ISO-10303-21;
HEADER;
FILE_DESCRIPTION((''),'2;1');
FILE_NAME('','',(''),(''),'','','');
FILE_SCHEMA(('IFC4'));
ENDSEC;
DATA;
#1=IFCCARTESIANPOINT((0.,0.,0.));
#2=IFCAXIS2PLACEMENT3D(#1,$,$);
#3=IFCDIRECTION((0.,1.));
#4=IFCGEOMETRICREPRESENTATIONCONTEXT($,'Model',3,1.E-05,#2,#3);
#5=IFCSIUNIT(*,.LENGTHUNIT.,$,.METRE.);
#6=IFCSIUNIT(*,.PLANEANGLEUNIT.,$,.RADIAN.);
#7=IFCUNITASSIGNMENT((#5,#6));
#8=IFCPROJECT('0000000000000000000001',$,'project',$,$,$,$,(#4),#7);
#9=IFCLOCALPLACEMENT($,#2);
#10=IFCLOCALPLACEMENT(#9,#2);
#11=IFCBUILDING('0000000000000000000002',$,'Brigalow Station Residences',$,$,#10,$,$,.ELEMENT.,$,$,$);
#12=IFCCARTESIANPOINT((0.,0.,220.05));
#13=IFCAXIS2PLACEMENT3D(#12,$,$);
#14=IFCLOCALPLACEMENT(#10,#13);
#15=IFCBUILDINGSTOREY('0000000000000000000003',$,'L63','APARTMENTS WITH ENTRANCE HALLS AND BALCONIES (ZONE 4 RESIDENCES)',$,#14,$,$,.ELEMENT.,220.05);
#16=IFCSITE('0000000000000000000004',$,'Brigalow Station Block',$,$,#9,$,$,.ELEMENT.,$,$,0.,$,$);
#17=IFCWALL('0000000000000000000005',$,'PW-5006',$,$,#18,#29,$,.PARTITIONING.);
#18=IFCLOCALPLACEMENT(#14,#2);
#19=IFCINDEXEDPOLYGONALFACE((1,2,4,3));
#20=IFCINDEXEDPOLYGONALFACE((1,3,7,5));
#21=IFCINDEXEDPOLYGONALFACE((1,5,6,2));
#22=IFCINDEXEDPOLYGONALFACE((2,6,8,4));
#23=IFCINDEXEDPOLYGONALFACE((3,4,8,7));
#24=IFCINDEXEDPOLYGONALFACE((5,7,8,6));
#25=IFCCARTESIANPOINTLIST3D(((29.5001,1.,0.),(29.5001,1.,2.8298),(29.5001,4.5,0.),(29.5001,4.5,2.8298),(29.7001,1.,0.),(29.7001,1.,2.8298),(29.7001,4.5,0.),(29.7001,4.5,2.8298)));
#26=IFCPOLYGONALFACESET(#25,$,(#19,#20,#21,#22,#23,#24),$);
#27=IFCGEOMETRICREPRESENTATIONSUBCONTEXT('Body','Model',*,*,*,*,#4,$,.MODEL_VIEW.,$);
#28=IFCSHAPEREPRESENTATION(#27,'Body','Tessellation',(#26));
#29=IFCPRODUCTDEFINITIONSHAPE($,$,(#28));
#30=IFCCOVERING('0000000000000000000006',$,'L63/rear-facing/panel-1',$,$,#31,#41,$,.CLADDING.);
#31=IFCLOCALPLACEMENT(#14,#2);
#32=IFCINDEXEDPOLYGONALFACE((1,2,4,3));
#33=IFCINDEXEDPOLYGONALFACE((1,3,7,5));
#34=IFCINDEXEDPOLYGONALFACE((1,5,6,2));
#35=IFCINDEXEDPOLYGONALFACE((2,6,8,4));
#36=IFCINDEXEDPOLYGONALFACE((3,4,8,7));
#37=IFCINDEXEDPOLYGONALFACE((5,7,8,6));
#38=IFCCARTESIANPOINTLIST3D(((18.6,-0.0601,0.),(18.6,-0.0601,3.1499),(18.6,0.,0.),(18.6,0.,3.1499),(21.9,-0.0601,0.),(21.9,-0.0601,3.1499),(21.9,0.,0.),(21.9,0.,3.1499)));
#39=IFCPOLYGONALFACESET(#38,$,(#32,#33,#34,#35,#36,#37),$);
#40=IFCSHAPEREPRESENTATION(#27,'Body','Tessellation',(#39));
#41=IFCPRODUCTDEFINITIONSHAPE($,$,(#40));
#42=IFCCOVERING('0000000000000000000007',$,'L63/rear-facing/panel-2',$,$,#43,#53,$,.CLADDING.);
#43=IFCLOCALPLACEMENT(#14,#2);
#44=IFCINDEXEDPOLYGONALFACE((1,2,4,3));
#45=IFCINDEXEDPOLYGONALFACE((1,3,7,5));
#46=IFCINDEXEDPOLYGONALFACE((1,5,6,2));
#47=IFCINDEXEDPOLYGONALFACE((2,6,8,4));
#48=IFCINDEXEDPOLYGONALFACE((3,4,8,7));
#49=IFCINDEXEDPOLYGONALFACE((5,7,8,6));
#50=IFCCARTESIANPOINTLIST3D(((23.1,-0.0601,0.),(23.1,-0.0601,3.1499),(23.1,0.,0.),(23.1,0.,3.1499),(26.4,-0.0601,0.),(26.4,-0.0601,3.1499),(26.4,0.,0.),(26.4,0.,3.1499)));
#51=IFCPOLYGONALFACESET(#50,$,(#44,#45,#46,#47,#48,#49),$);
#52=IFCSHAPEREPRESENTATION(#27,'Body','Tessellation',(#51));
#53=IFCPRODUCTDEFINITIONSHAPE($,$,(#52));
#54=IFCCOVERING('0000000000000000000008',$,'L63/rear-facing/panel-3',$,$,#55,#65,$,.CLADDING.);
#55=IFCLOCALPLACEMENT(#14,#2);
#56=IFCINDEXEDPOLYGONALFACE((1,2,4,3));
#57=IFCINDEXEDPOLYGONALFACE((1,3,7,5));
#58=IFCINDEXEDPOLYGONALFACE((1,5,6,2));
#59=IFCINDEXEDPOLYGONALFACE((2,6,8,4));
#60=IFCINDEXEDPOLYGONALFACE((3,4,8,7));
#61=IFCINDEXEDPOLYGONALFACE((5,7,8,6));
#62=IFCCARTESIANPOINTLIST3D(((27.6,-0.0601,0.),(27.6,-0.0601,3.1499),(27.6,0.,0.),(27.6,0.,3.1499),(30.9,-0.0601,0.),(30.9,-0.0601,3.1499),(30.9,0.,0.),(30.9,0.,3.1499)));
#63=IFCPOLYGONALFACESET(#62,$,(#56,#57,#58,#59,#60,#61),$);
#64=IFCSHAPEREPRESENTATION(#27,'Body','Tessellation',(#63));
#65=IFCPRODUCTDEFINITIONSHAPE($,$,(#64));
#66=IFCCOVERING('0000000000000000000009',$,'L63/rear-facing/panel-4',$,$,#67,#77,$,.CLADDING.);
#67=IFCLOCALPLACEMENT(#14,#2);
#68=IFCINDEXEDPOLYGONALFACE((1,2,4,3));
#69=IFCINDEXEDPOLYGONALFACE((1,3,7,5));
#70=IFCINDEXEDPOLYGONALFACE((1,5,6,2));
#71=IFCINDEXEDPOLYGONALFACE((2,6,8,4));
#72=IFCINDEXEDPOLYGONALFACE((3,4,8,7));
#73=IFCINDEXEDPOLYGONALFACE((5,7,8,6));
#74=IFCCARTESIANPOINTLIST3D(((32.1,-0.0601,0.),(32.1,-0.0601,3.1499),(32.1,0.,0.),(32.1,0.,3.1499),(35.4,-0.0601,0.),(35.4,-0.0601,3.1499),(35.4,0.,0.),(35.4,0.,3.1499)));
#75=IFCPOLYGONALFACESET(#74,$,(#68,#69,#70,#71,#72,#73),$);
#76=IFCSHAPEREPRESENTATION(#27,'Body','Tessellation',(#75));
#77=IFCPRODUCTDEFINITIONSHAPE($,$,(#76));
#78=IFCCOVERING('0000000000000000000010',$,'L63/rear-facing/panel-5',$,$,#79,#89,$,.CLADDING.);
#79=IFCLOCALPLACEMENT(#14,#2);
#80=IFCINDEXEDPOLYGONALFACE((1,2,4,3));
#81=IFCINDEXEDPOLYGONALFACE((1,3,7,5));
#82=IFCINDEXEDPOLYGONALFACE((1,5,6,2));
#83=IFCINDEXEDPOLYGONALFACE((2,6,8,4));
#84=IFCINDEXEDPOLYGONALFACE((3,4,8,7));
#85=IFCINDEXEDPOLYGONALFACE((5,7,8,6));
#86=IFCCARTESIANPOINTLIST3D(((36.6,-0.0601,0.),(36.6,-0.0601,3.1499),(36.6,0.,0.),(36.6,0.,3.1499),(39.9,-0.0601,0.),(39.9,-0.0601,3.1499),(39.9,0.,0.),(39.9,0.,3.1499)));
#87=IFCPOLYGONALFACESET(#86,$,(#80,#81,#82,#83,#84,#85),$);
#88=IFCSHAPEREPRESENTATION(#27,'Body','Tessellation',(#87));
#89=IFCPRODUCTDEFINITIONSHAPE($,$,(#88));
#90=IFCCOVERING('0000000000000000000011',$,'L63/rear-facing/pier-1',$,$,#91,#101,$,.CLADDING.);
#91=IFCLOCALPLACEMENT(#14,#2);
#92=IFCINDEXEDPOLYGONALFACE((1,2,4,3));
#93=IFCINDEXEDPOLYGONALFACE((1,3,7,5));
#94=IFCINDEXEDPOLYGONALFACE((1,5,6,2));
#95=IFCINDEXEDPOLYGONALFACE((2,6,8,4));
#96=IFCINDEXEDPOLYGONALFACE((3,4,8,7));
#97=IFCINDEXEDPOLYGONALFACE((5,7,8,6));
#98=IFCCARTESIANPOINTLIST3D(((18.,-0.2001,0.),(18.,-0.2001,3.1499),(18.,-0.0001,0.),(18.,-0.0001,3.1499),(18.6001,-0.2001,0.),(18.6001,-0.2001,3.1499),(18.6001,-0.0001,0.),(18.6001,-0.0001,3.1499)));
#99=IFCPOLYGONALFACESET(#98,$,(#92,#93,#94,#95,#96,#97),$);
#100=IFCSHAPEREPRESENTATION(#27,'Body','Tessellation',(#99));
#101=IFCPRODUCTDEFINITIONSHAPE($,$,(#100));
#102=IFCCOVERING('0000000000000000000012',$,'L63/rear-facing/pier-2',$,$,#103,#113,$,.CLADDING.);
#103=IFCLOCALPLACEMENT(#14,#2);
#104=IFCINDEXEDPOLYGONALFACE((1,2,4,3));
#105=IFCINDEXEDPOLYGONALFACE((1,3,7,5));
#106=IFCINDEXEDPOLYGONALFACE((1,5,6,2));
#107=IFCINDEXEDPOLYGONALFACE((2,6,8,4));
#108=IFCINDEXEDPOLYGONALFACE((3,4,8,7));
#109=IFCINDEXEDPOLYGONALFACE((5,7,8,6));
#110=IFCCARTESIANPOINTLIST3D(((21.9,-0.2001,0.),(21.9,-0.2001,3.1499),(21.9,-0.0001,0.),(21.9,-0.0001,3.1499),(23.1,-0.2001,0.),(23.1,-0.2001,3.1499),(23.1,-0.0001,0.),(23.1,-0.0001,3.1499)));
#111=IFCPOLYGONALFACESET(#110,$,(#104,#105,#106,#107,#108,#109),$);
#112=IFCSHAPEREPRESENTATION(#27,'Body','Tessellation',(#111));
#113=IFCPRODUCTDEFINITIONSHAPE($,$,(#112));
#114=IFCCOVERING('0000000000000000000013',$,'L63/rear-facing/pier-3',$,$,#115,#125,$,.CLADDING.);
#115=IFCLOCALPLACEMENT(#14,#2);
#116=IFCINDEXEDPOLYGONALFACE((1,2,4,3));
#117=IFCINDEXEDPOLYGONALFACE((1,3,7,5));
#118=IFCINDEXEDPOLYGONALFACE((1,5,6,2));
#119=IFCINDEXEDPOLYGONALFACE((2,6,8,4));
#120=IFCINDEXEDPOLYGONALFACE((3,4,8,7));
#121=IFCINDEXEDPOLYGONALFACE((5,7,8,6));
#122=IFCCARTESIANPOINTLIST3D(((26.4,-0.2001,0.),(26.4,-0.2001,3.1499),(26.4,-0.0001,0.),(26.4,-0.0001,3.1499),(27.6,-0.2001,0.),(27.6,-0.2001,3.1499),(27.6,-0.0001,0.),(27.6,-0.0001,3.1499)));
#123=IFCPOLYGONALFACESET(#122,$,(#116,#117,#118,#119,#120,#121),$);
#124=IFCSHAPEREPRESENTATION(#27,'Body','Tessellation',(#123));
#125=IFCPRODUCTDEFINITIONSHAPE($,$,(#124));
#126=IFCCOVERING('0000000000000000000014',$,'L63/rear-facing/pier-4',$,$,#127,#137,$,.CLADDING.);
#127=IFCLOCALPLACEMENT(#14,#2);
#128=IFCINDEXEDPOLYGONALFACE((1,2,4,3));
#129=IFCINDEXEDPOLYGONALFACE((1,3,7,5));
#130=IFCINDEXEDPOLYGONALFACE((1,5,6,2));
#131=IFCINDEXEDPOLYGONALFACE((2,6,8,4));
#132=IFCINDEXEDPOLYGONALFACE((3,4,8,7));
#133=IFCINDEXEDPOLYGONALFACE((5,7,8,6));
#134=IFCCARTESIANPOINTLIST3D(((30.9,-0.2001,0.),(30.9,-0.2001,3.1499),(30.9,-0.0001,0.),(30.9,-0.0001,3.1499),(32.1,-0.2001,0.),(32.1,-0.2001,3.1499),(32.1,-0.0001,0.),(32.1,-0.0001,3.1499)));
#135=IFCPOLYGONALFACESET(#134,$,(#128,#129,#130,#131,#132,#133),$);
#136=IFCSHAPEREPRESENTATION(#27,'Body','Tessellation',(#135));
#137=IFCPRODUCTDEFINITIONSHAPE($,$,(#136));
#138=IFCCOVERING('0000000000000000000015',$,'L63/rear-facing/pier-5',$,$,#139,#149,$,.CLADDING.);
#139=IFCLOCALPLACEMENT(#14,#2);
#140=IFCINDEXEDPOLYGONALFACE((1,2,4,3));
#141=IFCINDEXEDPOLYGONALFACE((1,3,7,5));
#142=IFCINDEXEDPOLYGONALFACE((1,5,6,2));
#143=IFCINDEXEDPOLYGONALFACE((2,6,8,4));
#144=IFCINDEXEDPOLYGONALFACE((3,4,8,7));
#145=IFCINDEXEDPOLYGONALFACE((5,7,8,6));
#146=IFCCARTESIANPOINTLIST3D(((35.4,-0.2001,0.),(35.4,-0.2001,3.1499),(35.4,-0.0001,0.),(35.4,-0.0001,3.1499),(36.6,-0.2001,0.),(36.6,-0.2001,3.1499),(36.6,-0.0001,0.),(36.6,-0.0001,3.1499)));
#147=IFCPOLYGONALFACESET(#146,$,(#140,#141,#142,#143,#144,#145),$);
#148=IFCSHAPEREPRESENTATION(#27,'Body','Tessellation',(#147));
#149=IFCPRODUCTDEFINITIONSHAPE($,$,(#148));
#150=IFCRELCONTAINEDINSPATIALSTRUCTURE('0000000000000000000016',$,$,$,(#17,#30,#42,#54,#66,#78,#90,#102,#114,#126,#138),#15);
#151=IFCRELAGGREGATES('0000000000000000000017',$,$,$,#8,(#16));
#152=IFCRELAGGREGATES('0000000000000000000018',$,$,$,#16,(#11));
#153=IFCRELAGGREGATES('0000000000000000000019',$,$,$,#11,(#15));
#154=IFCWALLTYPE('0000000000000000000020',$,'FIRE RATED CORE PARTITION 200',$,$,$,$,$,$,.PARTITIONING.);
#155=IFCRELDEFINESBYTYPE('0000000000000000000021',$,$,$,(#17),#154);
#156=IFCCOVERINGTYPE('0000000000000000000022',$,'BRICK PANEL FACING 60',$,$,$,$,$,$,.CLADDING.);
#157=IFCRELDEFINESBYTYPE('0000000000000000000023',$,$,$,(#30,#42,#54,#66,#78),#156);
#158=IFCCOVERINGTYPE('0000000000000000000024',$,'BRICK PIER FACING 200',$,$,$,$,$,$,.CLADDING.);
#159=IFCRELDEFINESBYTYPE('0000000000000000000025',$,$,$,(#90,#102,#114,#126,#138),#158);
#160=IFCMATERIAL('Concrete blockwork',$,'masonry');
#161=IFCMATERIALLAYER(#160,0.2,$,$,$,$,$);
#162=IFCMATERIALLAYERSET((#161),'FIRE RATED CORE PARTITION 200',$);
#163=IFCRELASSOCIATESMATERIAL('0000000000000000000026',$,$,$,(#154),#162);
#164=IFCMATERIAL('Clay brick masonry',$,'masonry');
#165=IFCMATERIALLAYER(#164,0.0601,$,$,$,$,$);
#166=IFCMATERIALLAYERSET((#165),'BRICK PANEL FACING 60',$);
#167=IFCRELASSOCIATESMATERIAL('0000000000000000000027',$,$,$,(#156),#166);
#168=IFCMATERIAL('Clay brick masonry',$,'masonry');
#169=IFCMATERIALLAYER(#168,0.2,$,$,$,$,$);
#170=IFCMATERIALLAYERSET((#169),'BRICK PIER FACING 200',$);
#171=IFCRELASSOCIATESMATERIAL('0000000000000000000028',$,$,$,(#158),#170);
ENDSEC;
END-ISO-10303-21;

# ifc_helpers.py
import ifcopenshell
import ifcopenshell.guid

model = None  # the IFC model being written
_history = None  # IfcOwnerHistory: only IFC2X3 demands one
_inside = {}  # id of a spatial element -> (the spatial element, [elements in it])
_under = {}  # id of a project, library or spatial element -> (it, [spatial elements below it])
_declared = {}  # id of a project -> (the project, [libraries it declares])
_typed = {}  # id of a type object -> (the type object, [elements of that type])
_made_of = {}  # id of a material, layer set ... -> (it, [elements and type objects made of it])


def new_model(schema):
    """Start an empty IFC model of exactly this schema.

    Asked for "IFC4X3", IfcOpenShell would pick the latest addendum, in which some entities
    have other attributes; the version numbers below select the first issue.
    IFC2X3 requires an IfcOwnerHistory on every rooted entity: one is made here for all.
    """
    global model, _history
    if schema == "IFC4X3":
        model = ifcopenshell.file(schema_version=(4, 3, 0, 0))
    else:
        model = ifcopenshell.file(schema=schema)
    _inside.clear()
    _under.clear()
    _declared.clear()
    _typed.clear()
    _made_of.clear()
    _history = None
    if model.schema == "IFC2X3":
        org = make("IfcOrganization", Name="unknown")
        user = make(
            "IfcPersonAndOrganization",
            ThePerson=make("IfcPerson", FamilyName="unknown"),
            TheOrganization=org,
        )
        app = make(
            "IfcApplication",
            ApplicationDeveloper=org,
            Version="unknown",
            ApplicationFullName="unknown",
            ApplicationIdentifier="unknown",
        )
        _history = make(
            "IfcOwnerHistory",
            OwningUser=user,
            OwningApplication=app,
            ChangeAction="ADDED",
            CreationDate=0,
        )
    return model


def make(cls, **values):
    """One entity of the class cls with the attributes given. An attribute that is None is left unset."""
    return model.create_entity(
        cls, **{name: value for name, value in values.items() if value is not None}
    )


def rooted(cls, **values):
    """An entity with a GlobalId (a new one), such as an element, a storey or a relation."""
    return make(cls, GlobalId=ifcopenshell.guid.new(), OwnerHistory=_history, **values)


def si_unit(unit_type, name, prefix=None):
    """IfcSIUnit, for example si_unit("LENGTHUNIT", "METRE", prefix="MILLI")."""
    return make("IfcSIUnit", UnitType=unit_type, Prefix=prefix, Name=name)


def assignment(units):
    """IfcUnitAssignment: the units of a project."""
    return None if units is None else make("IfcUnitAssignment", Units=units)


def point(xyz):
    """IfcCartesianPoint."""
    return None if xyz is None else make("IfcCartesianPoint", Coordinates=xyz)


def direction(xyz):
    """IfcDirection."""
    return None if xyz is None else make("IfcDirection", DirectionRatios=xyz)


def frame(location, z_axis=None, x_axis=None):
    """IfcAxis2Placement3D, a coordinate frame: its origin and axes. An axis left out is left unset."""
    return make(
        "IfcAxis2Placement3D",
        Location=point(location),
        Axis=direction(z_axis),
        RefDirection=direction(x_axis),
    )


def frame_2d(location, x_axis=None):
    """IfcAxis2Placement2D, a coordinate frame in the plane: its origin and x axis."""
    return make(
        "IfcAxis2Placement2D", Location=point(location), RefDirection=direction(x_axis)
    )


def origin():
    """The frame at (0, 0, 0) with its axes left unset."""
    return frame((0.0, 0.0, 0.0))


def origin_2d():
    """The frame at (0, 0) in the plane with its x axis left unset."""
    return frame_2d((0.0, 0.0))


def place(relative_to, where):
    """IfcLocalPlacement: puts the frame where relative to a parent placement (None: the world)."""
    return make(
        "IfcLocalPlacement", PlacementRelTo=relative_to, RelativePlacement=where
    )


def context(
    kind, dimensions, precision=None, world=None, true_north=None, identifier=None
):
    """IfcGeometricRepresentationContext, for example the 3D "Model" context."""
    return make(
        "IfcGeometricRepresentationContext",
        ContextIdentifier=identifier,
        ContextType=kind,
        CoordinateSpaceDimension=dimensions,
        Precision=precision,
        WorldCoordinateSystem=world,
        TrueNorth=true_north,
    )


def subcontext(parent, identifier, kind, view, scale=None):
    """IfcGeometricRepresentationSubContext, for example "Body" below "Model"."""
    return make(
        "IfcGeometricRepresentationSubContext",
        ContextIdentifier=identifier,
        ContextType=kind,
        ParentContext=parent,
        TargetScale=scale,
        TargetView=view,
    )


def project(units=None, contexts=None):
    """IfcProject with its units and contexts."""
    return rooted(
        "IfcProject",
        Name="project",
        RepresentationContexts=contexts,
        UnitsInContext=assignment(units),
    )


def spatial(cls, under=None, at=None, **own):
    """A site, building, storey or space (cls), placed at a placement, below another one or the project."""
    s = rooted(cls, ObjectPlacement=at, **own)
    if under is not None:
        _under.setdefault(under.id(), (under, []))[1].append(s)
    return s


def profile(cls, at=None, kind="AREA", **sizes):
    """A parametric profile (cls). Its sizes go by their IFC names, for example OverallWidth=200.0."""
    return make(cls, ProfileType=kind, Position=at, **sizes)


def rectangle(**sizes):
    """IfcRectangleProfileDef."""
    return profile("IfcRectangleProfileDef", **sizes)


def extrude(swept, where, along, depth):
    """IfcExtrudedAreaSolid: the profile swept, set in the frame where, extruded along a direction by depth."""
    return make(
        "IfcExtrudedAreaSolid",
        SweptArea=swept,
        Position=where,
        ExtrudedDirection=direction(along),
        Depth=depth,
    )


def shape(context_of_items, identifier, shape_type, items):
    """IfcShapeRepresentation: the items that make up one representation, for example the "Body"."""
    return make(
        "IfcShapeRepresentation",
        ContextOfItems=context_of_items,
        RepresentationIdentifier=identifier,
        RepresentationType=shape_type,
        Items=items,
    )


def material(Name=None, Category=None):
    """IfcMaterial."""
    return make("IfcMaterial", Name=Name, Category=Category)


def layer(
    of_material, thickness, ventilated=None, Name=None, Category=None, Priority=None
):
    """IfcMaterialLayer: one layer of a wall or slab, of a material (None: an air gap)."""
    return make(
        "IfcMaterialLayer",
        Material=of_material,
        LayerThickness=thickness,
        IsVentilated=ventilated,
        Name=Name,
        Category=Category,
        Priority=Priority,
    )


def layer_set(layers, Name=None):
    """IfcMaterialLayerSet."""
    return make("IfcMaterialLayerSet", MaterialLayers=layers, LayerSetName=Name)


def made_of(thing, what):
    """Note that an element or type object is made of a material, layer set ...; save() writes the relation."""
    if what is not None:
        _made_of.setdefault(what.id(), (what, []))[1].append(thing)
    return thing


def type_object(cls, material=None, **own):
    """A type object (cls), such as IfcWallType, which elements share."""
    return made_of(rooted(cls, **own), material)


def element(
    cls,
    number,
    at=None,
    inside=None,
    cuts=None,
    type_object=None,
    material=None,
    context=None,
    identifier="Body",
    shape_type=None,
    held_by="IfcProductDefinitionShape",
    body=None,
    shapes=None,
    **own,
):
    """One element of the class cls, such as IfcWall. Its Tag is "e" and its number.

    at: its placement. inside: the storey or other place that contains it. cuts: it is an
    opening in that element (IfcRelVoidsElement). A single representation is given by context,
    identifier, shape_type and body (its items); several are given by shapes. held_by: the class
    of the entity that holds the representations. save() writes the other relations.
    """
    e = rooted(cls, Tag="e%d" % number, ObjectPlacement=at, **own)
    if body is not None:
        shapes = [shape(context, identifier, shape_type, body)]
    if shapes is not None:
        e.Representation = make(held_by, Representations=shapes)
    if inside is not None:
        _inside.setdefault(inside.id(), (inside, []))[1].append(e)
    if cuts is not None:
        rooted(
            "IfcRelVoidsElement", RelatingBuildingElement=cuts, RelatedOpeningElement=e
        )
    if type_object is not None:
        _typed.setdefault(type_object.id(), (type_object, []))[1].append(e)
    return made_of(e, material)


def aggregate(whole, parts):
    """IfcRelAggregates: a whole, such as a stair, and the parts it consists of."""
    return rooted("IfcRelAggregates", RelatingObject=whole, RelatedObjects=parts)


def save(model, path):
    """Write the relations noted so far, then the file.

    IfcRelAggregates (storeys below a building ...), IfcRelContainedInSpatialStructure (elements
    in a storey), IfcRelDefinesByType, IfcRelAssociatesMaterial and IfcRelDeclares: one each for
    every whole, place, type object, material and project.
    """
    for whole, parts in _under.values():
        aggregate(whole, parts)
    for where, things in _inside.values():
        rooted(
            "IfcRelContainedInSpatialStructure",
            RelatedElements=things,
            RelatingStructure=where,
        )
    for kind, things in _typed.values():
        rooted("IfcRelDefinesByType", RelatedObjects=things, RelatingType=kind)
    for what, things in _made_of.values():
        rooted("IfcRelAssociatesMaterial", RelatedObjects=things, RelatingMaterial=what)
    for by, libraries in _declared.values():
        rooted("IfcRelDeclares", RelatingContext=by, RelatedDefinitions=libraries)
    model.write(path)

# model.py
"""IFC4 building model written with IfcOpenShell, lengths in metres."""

from ifc_helpers import new_model, si_unit, direction, frame, frame_2d, origin, origin_2d, place, context, subcontext, project, spatial, rectangle, extrude, material, layer, layer_set, type_object, element, save


model = new_model("IFC4")

# Units and contexts
model_context = context("Model", 3, precision=1e-05, world=origin(), true_north=direction((0.0, 1.0)))
body_context = subcontext(model_context, "Body", "Model", "MODEL_VIEW")
ifc_project = project(units=[si_unit("LENGTHUNIT", "METRE"), si_unit("PLANEANGLEUNIT", "RADIAN")], contexts=[model_context])

# Site, building, storey
site_placement = place(None, origin())
site = spatial("IfcSite", under=ifc_project, at=site_placement, Name="Brigalow Station Block", CompositionType="ELEMENT", RefElevation=0.0)
building_placement = place(site_placement, origin())
building = spatial("IfcBuilding", under=site, at=building_placement, Name="Brigalow Station Residences", CompositionType="ELEMENT")
storey_placement = place(building_placement, frame((0.0, 0.0, 220.05)))
storey = spatial("IfcBuildingStorey", under=building, at=storey_placement, Name="L63", Description="APARTMENTS WITH ENTRANCE HALLS AND BALCONIES (ZONE 4 RESIDENCES)", CompositionType="ELEMENT", Elevation=220.05)

# Wall
ifc_material_1 = material(Name="Concrete blockwork", Category="masonry")
ifc_layer_1 = layer(ifc_material_1, 0.2)
ifc_layer_set_1 = layer_set([ifc_layer_1], Name="FIRE RATED CORE PARTITION 200")
wall_type_1 = type_object("IfcWallType", Name="FIRE RATED CORE PARTITION 200", PredefinedType="PARTITIONING", material=ifc_layer_set_1)
wall_1_placement = place(storey_placement, frame((29.6001, 1.0, 0.0), z_axis=(0.0, 0.0, 1.0), x_axis=(0.0, 1.0, 0.0)))
element("IfcWall", 1, at=wall_1_placement, inside=storey, type_object=wall_type_1, Name="PW-5006", PredefinedType="PARTITIONING", context=body_context, shape_type="SweptSolid", body=[
    extrude(rectangle(XDim=3.5, YDim=0.2, at=frame_2d((1.75, 0.0))), origin(), (0.0, 0.0, 1.0), 2.8298),
])

# Coverings
ifc_material_2 = material(Name="Clay brick masonry", Category="masonry")
ifc_layer_2 = layer(ifc_material_2, 0.0601)
ifc_layer_set_2 = layer_set([ifc_layer_2], Name="BRICK PANEL FACING 60")
covering_type_1 = type_object("IfcCoveringType", Name="BRICK PANEL FACING 60", PredefinedType="CLADDING", material=ifc_layer_set_2)
for number, where, z_axis, x_axis, name in (
    (2, (20.25, -0.03, 0.0), (0.0, 0.0, 1.0), (1.0, 0.0, 0.0), "L63/rear-facing/panel-1"),
    (3, (24.75, -0.03, 0.0), (0.0, 0.0, 1.0), (1.0, 0.0, 0.0), "L63/rear-facing/panel-2"),
    (4, (29.25, -0.03, 0.0), (0.0, 0.0, 1.0), (1.0, 0.0, 0.0), "L63/rear-facing/panel-3"),
    (5, (33.75, -0.03, 0.0), (0.0, 0.0, 1.0), (1.0, 0.0, 0.0), "L63/rear-facing/panel-4"),
    (6, (38.25, -0.03, 0.0), (0.0, 0.0, 1.0), (1.0, 0.0, 0.0), "L63/rear-facing/panel-5"),
):
    element("IfcCovering", number, at=place(storey_placement, frame(where, z_axis=z_axis, x_axis=x_axis)), inside=storey, type_object=covering_type_1, Name=name, PredefinedType="CLADDING", context=body_context, shape_type="SweptSolid", body=[
        extrude(rectangle(XDim=3.3, YDim=0.0601, at=origin_2d()), origin(), (0.0, 0.0, 1.0), 3.1499),
    ])
ifc_material_3 = material(Name="Clay brick masonry", Category="masonry")
ifc_layer_3 = layer(ifc_material_3, 0.2)
ifc_layer_set_3 = layer_set([ifc_layer_3], Name="BRICK PIER FACING 200")
covering_type_2 = type_object("IfcCoveringType", Name="BRICK PIER FACING 200", PredefinedType="CLADDING", material=ifc_layer_set_3)
covering_placement = place(storey_placement, frame((18.3, -0.1001, 0.0), z_axis=(0.0, 0.0, 1.0), x_axis=(1.0, 0.0, 0.0)))
element("IfcCovering", 7, at=covering_placement, inside=storey, type_object=covering_type_2, Name="L63/rear-facing/pier-1", PredefinedType="CLADDING", context=body_context, shape_type="SweptSolid", body=[
    extrude(rectangle(XDim=0.6001, YDim=0.2, at=origin_2d()), origin(), (0.0, 0.0, 1.0), 3.1499),
])
for number, where, z_axis, x_axis, name in (
    (8, (22.5, -0.1001, 0.0), (0.0, 0.0, 1.0), (1.0, 0.0, 0.0), "L63/rear-facing/pier-2"),
    (9, (27.0, -0.1001, 0.0), (0.0, 0.0, 1.0), (1.0, 0.0, 0.0), "L63/rear-facing/pier-3"),
    (10, (31.5, -0.1001, 0.0), (0.0, 0.0, 1.0), (1.0, 0.0, 0.0), "L63/rear-facing/pier-4"),
    (11, (36.0, -0.1001, 0.0), (0.0, 0.0, 1.0), (1.0, 0.0, 0.0), "L63/rear-facing/pier-5"),
):
    element("IfcCovering", number, at=place(storey_placement, frame(where, z_axis=z_axis, x_axis=x_axis)), inside=storey, type_object=covering_type_2, Name=name, PredefinedType="CLADDING", context=body_context, shape_type="SweptSolid", body=[
        extrude(rectangle(XDim=1.2, YDim=0.2, at=origin_2d()), origin(), (0.0, 0.0, 1.0), 3.1499),
    ])

save(model, "model.ifc")
